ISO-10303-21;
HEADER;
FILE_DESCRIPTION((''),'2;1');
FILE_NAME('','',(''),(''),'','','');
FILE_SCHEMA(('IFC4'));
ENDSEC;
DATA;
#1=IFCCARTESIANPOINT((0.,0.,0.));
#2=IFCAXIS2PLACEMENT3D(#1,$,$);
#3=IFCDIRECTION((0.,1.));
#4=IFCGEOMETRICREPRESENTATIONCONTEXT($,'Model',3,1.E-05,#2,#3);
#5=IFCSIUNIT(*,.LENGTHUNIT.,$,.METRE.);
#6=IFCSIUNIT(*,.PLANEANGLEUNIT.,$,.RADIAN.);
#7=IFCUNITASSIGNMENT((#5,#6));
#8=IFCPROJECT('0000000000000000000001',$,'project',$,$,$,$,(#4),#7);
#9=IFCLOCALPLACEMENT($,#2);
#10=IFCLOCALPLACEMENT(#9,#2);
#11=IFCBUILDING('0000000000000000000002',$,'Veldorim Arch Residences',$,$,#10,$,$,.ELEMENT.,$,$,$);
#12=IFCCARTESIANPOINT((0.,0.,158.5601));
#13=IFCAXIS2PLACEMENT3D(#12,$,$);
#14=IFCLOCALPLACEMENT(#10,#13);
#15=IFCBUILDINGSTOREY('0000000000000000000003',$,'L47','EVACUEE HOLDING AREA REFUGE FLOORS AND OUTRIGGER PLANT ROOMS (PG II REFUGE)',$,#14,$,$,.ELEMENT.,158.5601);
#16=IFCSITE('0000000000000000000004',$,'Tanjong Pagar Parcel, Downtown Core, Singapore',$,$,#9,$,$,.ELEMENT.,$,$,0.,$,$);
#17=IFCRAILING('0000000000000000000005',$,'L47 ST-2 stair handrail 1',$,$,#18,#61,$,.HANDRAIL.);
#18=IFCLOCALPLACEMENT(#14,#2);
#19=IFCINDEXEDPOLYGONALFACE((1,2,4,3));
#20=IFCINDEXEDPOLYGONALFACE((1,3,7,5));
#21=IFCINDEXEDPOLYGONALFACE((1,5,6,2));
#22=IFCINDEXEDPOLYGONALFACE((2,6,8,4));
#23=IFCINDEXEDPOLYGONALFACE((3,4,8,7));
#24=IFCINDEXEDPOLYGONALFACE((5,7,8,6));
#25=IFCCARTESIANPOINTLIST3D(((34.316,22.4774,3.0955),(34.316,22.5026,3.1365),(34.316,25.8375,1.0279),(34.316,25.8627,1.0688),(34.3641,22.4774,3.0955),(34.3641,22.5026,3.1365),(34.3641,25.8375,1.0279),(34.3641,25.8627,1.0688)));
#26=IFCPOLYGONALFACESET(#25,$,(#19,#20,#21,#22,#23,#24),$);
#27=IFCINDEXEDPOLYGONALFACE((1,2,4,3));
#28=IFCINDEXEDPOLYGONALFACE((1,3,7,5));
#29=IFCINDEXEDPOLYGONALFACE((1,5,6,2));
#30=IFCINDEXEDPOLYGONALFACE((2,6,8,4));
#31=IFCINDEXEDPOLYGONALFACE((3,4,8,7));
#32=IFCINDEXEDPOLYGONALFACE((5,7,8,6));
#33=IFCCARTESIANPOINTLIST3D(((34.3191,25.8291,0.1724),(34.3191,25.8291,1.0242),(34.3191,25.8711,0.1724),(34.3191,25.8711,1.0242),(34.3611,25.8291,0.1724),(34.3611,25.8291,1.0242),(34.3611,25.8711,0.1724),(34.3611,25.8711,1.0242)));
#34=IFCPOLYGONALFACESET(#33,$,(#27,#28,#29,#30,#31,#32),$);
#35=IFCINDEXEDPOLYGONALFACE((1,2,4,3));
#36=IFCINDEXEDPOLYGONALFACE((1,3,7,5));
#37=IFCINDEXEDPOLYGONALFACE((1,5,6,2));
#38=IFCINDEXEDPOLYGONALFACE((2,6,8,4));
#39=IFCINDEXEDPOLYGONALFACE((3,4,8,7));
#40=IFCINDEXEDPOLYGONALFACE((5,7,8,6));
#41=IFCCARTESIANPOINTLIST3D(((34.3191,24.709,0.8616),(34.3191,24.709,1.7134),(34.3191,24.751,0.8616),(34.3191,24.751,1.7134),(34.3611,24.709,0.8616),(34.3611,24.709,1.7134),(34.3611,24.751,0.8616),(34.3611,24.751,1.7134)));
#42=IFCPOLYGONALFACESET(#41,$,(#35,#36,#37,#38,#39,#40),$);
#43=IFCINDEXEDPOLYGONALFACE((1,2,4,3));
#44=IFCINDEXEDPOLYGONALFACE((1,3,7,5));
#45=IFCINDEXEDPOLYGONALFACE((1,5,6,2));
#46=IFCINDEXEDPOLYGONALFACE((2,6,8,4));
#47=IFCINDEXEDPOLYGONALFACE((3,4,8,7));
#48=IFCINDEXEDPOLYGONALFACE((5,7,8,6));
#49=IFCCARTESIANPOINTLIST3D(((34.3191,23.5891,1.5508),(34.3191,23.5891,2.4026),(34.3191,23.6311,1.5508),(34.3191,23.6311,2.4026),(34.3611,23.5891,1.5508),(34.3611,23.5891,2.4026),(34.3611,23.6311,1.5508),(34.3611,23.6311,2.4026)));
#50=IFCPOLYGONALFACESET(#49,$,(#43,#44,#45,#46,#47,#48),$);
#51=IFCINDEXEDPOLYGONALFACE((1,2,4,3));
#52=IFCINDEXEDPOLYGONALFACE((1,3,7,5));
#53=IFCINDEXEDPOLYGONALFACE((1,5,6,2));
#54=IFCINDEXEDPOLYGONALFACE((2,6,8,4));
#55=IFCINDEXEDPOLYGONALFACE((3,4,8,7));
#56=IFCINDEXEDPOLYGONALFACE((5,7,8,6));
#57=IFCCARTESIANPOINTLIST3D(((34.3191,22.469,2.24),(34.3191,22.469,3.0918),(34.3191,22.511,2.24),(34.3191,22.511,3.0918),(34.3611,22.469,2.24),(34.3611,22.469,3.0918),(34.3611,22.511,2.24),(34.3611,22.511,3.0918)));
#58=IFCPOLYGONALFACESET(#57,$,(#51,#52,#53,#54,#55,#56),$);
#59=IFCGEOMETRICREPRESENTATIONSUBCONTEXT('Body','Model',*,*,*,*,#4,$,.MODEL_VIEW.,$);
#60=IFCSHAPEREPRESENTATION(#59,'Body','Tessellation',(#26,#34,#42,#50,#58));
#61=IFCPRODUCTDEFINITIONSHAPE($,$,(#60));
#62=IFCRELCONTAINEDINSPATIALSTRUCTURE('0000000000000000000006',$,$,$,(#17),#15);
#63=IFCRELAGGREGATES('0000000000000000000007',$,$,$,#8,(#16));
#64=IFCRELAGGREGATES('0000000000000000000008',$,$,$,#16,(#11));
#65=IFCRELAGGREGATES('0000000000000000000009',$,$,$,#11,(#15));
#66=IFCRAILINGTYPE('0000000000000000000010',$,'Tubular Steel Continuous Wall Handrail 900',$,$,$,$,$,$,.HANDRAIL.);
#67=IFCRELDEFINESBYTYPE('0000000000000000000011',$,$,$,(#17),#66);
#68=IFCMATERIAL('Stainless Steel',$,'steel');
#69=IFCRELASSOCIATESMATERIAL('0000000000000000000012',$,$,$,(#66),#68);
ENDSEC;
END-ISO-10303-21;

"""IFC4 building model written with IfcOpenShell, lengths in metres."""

from ifc_helpers import new_model, si_unit, direction, frame, origin, origin_2d, place, context, subcontext, project, spatial, rectangle, extrude, material, type_object, element, save


model = new_model("IFC4")

# Units and contexts
model_context = context("Model", 3, precision=1e-05, world=origin(), true_north=direction((0.0, 1.0)))
body_context = subcontext(model_context, "Body", "Model", "MODEL_VIEW")
ifc_project = project(units=[si_unit("LENGTHUNIT", "METRE"), si_unit("PLANEANGLEUNIT", "RADIAN")], contexts=[model_context])

# Site, building, storey
site_placement = place(None, origin())
site = spatial("IfcSite", under=ifc_project, at=site_placement, Name="Tanjong Pagar Parcel, Downtown Core, Singapore", CompositionType="ELEMENT", RefElevation=0.0)
building_placement = place(site_placement, origin())
building = spatial("IfcBuilding", under=site, at=building_placement, Name="Veldorim Arch Residences", CompositionType="ELEMENT")
storey_placement = place(building_placement, frame((0.0, 0.0, 158.5601)))
storey = spatial("IfcBuildingStorey", under=building, at=storey_placement, Name="L47", Description="EVACUEE HOLDING AREA REFUGE FLOORS AND OUTRIGGER PLANT ROOMS (PG II REFUGE)", CompositionType="ELEMENT", Elevation=158.5601)

# Railing
ifc_material_1 = material(Name="Stainless Steel", Category="steel")
railing_type_1 = type_object("IfcRailingType", Name="Tubular Steel Continuous Wall Handrail 900", PredefinedType="HANDRAIL", material=ifc_material_1)
railing_1_placement = place(storey_placement, frame((34.3401, 25.8501, 0.1724)))
element("IfcRailing", 1, at=railing_1_placement, inside=storey, type_object=railing_type_1, Name="L47 ST-2 stair handrail 1", PredefinedType="HANDRAIL", context=body_context, shape_type="SweptSolid", body=[
    extrude(rectangle(XDim=0.0481, YDim=0.0481, at=origin_2d()), frame((0.0, 0.0, 0.876), z_axis=(0.0, -0.851673, 0.524073), x_axis=(1.0, 0.0, 0.0)), (0.0, 0.0, 1.0), 3.9453),
    extrude(rectangle(XDim=0.042, YDim=0.042, at=origin_2d()), origin(), (0.0, 0.0, 1.0), 0.8518),
    extrude(rectangle(XDim=0.042, YDim=0.042, at=origin_2d()), frame((0.0, -1.1201, 0.6892)), (0.0, 0.0, 1.0), 0.8518),
    extrude(rectangle(XDim=0.042, YDim=0.042, at=origin_2d()), frame((0.0, -2.24, 1.3784)), (0.0, 0.0, 1.0), 0.8518),
    extrude(rectangle(XDim=0.042, YDim=0.042, at=origin_2d()), frame((0.0, -3.3601, 2.0676)), (0.0, 0.0, 1.0), 0.8518),
])

save(model, "model.ifc")
